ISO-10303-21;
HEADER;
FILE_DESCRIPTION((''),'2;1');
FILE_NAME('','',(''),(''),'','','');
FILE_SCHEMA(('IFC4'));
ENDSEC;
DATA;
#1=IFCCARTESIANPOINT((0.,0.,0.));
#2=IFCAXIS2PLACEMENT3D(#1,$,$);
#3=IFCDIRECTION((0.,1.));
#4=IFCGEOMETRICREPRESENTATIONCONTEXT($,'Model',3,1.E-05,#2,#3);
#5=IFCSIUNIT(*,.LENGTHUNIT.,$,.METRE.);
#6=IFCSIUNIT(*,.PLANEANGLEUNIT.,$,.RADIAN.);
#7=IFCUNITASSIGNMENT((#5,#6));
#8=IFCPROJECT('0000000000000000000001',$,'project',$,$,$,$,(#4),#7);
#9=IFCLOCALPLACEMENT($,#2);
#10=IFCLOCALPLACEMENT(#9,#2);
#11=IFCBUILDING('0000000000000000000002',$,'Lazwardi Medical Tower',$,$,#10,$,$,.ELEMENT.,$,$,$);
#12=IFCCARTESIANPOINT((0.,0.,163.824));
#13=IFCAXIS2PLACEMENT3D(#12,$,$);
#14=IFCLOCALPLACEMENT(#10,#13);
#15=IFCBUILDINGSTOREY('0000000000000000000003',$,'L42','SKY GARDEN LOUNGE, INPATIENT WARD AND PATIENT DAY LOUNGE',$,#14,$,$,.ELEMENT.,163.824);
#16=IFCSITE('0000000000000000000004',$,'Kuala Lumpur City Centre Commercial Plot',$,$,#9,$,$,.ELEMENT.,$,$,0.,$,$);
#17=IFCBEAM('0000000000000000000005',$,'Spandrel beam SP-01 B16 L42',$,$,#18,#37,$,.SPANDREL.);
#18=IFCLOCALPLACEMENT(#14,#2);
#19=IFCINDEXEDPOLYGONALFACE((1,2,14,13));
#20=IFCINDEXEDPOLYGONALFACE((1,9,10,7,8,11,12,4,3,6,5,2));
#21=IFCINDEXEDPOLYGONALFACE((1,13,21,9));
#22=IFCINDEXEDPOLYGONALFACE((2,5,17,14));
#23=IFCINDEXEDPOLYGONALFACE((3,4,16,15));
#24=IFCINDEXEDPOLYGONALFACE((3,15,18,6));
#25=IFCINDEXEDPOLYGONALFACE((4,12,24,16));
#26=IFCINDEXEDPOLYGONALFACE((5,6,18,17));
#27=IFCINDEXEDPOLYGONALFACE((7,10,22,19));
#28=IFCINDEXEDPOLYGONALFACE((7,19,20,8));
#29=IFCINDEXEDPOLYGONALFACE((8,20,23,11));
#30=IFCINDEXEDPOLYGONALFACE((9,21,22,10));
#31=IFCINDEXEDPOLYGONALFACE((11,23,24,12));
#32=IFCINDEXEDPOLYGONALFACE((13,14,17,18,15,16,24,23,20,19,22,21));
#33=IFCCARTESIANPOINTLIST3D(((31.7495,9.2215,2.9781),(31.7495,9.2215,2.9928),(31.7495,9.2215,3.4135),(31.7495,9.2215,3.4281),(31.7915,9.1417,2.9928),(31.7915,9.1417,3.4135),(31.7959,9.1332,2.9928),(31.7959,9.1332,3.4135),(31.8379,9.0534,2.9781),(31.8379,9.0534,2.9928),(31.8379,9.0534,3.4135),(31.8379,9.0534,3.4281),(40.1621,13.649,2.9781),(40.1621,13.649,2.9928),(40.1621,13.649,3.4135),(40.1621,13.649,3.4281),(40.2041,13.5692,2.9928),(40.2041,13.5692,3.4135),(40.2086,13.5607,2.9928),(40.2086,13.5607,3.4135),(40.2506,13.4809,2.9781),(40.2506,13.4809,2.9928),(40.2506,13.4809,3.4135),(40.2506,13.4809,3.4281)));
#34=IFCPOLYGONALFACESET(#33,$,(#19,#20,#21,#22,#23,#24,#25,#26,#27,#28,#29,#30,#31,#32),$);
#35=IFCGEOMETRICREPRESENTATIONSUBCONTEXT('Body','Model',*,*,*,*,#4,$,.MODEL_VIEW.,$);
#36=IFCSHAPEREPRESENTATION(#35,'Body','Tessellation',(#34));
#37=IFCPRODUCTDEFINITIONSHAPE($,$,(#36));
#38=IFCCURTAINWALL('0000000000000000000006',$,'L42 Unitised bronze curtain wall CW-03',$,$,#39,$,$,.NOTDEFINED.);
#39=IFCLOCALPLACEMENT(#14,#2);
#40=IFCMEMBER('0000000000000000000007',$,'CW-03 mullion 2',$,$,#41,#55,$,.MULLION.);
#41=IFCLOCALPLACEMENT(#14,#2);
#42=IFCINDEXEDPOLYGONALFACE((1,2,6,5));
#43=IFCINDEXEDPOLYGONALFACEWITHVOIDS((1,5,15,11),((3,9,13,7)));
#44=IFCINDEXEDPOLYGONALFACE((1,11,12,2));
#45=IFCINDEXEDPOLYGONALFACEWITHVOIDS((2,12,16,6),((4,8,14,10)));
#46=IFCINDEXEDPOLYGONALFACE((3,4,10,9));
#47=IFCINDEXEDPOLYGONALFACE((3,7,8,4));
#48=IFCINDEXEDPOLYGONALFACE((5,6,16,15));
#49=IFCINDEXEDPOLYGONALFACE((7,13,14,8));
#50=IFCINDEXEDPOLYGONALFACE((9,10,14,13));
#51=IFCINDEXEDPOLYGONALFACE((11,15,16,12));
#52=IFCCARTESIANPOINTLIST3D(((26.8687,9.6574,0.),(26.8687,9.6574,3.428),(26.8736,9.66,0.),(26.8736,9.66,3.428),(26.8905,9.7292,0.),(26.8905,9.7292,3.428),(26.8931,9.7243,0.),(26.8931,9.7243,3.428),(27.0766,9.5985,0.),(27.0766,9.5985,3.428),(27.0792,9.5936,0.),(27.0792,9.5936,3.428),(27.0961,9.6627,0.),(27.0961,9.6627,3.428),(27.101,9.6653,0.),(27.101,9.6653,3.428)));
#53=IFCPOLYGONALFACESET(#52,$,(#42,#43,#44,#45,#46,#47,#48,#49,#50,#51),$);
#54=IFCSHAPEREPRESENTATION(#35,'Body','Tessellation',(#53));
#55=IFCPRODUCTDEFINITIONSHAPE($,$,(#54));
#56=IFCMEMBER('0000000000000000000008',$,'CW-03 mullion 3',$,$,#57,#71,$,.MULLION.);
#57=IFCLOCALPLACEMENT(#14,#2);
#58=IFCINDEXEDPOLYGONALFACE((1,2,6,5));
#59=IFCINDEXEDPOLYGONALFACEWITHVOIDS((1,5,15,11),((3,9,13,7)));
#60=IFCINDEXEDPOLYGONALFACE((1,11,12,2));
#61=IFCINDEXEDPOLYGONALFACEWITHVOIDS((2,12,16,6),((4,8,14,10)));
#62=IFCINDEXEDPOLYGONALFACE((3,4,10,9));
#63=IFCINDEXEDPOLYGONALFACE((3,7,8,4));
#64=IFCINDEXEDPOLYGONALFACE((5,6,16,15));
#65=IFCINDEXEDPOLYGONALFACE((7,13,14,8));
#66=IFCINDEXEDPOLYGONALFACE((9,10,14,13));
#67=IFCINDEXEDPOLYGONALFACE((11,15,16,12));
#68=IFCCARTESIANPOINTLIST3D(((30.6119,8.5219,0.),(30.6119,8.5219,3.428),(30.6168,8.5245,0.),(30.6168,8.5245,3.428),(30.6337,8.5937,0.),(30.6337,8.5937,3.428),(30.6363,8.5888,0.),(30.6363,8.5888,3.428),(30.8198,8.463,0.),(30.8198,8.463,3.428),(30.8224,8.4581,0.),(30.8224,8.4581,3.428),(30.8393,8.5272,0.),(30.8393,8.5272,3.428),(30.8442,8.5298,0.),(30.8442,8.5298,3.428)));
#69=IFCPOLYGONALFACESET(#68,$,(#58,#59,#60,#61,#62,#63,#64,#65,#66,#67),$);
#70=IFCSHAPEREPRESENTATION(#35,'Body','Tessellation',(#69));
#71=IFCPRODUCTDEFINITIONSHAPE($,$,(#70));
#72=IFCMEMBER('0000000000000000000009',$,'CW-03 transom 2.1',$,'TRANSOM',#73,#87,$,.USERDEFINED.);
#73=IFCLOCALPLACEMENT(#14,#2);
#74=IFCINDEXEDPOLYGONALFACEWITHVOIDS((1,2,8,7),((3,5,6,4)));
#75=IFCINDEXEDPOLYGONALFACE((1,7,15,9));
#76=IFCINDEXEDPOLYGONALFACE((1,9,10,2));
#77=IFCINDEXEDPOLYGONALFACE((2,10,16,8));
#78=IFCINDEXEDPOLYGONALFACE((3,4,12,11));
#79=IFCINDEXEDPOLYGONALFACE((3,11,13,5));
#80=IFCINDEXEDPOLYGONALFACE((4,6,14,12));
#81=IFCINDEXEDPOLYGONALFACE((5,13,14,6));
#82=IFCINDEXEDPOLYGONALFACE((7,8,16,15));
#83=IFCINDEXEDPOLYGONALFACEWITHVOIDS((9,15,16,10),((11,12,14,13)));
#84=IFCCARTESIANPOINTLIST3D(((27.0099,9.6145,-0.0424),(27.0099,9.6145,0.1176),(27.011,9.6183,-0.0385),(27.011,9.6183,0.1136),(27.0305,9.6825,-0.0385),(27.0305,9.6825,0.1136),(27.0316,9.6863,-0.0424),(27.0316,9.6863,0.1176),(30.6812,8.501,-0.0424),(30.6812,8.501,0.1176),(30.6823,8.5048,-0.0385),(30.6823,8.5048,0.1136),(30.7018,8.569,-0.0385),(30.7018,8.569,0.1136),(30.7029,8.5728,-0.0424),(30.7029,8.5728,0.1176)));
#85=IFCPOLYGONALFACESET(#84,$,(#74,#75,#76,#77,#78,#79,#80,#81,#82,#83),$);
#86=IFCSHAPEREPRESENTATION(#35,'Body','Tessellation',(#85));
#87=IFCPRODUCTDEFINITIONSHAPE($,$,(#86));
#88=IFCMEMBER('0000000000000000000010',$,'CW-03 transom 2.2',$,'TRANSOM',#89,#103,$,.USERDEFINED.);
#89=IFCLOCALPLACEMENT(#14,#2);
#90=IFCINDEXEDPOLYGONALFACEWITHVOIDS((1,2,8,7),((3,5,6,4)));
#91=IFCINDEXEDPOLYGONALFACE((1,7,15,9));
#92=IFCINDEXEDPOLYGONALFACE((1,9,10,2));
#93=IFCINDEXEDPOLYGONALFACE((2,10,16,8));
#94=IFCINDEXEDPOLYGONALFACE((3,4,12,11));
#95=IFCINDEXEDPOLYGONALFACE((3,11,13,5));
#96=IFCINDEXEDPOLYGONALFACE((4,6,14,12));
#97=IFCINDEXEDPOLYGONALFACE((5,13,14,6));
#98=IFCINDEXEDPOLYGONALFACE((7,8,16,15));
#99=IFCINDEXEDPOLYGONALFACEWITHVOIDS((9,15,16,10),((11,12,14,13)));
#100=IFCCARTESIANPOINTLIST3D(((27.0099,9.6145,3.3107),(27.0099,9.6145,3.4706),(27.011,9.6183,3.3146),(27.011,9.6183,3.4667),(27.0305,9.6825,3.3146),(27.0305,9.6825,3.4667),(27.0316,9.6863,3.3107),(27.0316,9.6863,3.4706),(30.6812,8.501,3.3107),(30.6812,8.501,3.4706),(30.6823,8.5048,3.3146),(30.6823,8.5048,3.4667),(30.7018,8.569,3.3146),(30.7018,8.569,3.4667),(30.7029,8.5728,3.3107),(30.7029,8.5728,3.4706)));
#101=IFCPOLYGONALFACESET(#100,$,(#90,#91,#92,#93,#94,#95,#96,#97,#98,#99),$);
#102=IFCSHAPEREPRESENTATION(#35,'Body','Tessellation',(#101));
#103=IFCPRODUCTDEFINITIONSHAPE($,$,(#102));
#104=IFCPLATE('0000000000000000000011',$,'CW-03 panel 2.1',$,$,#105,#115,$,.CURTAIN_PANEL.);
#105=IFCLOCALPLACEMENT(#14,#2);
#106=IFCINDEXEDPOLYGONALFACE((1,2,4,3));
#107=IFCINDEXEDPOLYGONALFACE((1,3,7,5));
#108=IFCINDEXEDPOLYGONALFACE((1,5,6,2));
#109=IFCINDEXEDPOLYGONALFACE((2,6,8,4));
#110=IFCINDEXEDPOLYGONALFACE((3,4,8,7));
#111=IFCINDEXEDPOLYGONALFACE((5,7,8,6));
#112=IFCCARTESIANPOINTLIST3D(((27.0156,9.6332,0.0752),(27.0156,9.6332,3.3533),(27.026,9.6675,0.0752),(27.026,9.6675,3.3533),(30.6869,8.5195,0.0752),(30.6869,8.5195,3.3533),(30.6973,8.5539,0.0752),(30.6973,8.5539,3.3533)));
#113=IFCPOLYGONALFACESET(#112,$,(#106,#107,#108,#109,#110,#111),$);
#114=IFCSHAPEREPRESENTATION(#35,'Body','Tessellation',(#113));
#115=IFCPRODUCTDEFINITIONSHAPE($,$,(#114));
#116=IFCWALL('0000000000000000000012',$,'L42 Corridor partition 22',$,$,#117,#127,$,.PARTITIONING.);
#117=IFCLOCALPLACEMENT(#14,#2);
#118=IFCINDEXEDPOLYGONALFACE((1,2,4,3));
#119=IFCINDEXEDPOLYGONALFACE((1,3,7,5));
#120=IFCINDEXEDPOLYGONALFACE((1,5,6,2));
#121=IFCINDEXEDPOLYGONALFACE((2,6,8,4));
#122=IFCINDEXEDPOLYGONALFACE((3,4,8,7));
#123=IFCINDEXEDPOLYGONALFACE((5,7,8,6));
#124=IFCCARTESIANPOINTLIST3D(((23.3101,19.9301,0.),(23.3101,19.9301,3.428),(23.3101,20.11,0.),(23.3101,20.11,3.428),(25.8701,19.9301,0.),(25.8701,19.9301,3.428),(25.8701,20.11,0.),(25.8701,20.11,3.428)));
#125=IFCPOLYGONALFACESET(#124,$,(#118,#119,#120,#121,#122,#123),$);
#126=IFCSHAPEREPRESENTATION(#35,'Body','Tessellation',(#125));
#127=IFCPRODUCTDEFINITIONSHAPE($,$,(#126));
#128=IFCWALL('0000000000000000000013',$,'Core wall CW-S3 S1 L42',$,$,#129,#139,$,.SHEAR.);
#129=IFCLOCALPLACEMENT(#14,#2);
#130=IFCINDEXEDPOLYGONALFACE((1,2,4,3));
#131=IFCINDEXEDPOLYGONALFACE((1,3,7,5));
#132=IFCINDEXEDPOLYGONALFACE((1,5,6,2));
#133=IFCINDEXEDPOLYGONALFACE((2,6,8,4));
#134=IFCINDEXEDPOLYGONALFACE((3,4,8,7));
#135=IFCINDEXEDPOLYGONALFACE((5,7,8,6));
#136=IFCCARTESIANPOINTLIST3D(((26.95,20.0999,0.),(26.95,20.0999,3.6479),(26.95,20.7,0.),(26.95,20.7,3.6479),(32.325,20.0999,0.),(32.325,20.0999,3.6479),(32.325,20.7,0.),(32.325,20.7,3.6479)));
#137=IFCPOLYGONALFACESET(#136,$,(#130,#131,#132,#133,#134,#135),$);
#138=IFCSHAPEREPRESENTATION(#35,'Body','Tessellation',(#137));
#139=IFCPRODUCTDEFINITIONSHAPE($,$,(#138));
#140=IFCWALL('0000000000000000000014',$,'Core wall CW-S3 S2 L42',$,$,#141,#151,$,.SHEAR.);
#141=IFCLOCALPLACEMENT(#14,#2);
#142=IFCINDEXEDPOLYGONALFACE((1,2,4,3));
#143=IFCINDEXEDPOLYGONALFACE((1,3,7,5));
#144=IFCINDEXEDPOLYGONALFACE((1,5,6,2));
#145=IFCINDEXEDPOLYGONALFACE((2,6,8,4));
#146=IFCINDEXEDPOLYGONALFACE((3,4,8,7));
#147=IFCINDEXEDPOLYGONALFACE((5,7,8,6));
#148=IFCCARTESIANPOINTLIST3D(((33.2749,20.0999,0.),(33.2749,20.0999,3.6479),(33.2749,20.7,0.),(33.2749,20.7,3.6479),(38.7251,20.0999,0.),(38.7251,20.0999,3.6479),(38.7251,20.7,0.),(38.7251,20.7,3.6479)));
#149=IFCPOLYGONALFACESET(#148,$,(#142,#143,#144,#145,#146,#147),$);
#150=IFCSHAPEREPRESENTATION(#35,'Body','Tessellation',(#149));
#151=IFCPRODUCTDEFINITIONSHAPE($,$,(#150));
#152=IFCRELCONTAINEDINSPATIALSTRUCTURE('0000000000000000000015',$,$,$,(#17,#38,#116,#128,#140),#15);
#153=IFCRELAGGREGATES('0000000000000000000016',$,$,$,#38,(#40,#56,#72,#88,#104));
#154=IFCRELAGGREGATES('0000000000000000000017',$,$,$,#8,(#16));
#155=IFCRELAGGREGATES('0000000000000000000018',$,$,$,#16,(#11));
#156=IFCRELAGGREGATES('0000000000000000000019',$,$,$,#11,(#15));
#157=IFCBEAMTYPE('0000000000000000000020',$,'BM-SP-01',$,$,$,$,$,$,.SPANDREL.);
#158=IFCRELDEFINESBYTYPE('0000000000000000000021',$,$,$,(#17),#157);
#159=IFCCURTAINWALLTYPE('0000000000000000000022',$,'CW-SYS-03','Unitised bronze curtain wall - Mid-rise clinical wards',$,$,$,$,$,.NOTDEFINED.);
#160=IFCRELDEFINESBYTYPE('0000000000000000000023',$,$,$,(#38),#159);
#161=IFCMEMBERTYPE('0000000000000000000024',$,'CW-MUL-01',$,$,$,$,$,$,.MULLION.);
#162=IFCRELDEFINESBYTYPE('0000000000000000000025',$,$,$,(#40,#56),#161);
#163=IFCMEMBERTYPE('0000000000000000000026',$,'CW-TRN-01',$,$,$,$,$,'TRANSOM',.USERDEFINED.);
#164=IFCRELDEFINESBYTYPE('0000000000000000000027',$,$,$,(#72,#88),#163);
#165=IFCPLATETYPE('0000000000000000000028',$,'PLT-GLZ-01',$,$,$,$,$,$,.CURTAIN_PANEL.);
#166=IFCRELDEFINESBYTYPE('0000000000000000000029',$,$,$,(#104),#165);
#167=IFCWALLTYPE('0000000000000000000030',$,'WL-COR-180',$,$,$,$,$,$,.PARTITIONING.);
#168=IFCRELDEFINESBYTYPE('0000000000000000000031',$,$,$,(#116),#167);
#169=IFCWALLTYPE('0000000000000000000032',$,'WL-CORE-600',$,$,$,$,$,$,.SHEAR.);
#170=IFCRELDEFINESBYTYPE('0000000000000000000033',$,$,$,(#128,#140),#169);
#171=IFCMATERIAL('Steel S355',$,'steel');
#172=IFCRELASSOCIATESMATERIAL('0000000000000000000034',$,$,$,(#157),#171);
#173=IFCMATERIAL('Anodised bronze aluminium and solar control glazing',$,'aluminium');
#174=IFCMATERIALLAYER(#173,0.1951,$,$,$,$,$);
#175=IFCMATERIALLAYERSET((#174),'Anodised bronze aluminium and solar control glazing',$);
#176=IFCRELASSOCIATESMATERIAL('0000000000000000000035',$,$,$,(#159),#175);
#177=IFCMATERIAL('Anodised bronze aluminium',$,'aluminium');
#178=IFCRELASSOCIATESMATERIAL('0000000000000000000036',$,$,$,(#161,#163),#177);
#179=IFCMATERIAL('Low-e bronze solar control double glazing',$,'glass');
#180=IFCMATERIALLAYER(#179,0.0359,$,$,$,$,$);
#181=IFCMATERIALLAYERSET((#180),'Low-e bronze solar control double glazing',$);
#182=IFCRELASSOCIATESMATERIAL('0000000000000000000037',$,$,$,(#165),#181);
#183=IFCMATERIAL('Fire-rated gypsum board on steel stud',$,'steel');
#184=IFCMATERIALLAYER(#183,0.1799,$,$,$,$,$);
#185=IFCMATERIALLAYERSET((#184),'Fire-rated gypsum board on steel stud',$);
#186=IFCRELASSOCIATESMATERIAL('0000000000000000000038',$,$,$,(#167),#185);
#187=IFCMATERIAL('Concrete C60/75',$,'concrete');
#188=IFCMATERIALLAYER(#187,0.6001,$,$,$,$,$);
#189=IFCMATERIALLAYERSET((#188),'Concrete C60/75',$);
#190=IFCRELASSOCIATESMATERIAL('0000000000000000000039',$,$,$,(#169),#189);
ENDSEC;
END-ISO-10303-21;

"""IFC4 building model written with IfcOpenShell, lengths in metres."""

from ifc_helpers import new_model, si_unit, direction, frame, frame_2d, origin, origin_2d, place, context, subcontext, project, spatial, rectangle, hollow_rectangle, i_section, extrude, material, layer, layer_set, material_profile, profile_set, type_object, element, aggregate, save


model = new_model("IFC4")

# Units and contexts
model_context = context("Model", 3, precision=1e-05, world=origin(), true_north=direction((0.0, 1.0)))
body_context = subcontext(model_context, "Body", "Model", "MODEL_VIEW")
ifc_project = project(units=[si_unit("LENGTHUNIT", "METRE"), si_unit("PLANEANGLEUNIT", "RADIAN")], contexts=[model_context])

# Site, building, storey
site_placement = place(None, origin())
site = spatial("IfcSite", under=ifc_project, at=site_placement, Name="Kuala Lumpur City Centre Commercial Plot", CompositionType="ELEMENT", RefElevation=0.0)
building_placement = place(site_placement, origin())
building = spatial("IfcBuilding", under=site, at=building_placement, Name="Lazwardi Medical Tower", CompositionType="ELEMENT")
storey_placement = place(building_placement, frame((0.0, 0.0, 163.824)))
storey = spatial("IfcBuildingStorey", under=building, at=storey_placement, Name="L42", Description="SKY GARDEN LOUNGE, INPATIENT WARD AND PATIENT DAY LOUNGE", CompositionType="ELEMENT", Elevation=163.824)

# Shared definitions
ifc_material_1 = material(Name="Concrete C60/75", Category="concrete")

# Beam
ifc_material_2 = material(Name="Steel S355", Category="steel")
ifc_material_profile_1 = material_profile(ifc_material_2, i_section(OverallWidth=0.1899, OverallDepth=0.45, WebThickness=0.0095, FlangeThickness=0.0146, at=origin_2d()), Name="IPE 450")
ifc_profile_set_1 = profile_set([ifc_material_profile_1], Name="Steel S355")
beam_type_1 = type_object("IfcBeamType", Name="BM-SP-01", PredefinedType="SPANDREL", material=ifc_profile_set_1)
beam_1_placement = place(storey_placement, frame((31.7937, 9.1375, 3.2031), z_axis=(0.884927, 0.465731, 0.0), x_axis=(-0.465731, 0.884927, 0.0)))
element("IfcBeam", 1, at=beam_1_placement, inside=storey, type_object=beam_type_1, Name="Spandrel beam SP-01 B16 L42", PredefinedType="SPANDREL", context=body_context, shape_type="SweptSolid", body=[
    extrude(i_section(OverallWidth=0.1899, OverallDepth=0.45, WebThickness=0.0095, FlangeThickness=0.0146, at=origin_2d()), origin(), (0.0, 0.0, 1.0), 9.5066),
])

# Curtain wall, members, plate
ifc_material_3 = material(Name="Anodised bronze aluminium and solar control glazing", Category="aluminium")
ifc_layer_1 = layer(ifc_material_3, 0.1951)
ifc_layer_set_1 = layer_set([ifc_layer_1], Name="Anodised bronze aluminium and solar control glazing")
curtain_wall_type = type_object("IfcCurtainWallType", Name="CW-SYS-03", Description="Unitised bronze curtain wall - Mid-rise clinical wards", PredefinedType="NOTDEFINED", material=ifc_layer_set_1)
curtain_wall_placement = place(storey_placement, origin())
curtain_wall = element("IfcCurtainWall", 2, at=curtain_wall_placement, inside=storey, type_object=curtain_wall_type, Name="L42 Unitised bronze curtain wall CW-03", PredefinedType="NOTDEFINED")
ifc_material_4 = material(Name="Anodised bronze aluminium", Category="aluminium")
ifc_material_profile_2 = material_profile(ifc_material_4, hollow_rectangle(XDim=0.075, YDim=0.22, WallThickness=0.0039, at=origin_2d()), Name="ALU-MULLION 220x75x4")
ifc_profile_set_2 = profile_set([ifc_material_profile_2], Name="Anodised bronze aluminium")
member_type_1 = type_object("IfcMemberType", Name="CW-MUL-01", PredefinedType="MULLION", material=ifc_profile_set_2)
member_1_placement = place(storey_placement, frame((26.9849, 9.6614, 0.0), z_axis=(0.0, 0.0, 1.0), x_axis=(0.290281, 0.956942, 0.0)))
member_1 = element("IfcMember", 3, at=member_1_placement, type_object=member_type_1, Name="CW-03 mullion 2", PredefinedType="MULLION", context=body_context, shape_type="SweptSolid", body=[
    extrude(hollow_rectangle(XDim=0.075, YDim=0.22, WallThickness=0.0039, at=origin_2d()), origin(), (0.0, 0.0, 1.0), 3.428),
])
member_2_placement = place(storey_placement, frame((30.728, 8.5259, 0.0), z_axis=(0.0, 0.0, 1.0), x_axis=(0.290281, 0.956942, 0.0)))
member_2 = element("IfcMember", 4, at=member_2_placement, type_object=member_type_1, Name="CW-03 mullion 3", PredefinedType="MULLION", context=body_context, shape_type="SweptSolid", body=[
    extrude(hollow_rectangle(XDim=0.075, YDim=0.22, WallThickness=0.0039, at=origin_2d()), origin(), (0.0, 0.0, 1.0), 3.428),
])
ifc_material_profile_3 = material_profile(ifc_material_4, hollow_rectangle(XDim=0.075, YDim=0.1599, WallThickness=0.0039, at=origin_2d()), Name="ALU-TRANSOM 160x75x4")
ifc_profile_set_3 = profile_set([ifc_material_profile_3], Name="Anodised bronze aluminium")
member_type_2 = type_object("IfcMemberType", Name="CW-TRN-01", ElementType="TRANSOM", PredefinedType="USERDEFINED", material=ifc_profile_set_3)
member_3_placement = place(storey_placement, frame((27.0208, 9.6504, 0.0376), z_axis=(0.956953, -0.290242, 0.0), x_axis=(0.290242, 0.956953, 0.0)))
member_3 = element("IfcMember", 5, at=member_3_placement, type_object=member_type_2, Name="CW-03 transom 2.1", ObjectType="TRANSOM", PredefinedType="USERDEFINED", context=body_context, shape_type="SweptSolid", body=[
    extrude(hollow_rectangle(XDim=0.075, YDim=0.1599, WallThickness=0.0039, at=origin_2d()), origin(), (0.0, 0.0, 1.0), 3.8364),
])
member_4_placement = place(storey_placement, frame((27.0208, 9.6504, 3.3906), z_axis=(0.956953, -0.290242, 0.0), x_axis=(0.290242, 0.956953, 0.0)))
member_4 = element("IfcMember", 6, at=member_4_placement, type_object=member_type_2, Name="CW-03 transom 2.2", ObjectType="TRANSOM", PredefinedType="USERDEFINED", context=body_context, shape_type="SweptSolid", body=[
    extrude(hollow_rectangle(XDim=0.075, YDim=0.1599, WallThickness=0.0039, at=origin_2d()), origin(), (0.0, 0.0, 1.0), 3.8364),
])
ifc_material_5 = material(Name="Low-e bronze solar control double glazing", Category="glass")
ifc_layer_2 = layer(ifc_material_5, 0.0359)
ifc_layer_set_2 = layer_set([ifc_layer_2], Name="Low-e bronze solar control double glazing")
plate_type = type_object("IfcPlateType", Name="PLT-GLZ-01", PredefinedType="CURTAIN_PANEL", material=ifc_layer_set_2)
plate_placement = place(storey_placement, frame((28.8564, 9.0935, 0.0752), z_axis=(0.0, 0.0, 1.0), x_axis=(0.956942, -0.290281, 0.0)))
plate = element("IfcPlate", 7, at=plate_placement, type_object=plate_type, Name="CW-03 panel 2.1", PredefinedType="CURTAIN_PANEL", context=body_context, shape_type="SweptSolid", body=[
    extrude(rectangle(XDim=3.8364, YDim=0.0359, at=origin_2d()), origin(), (0.0, 0.0, 1.0), 3.2781),
])
aggregate(curtain_wall, [member_1, member_2, member_3, member_4, plate])

# Wall
ifc_material_6 = material(Name="Fire-rated gypsum board on steel stud", Category="steel")
ifc_layer_3 = layer(ifc_material_6, 0.1799)
ifc_layer_set_3 = layer_set([ifc_layer_3], Name="Fire-rated gypsum board on steel stud")
wall_type_1 = type_object("IfcWallType", Name="WL-COR-180", PredefinedType="PARTITIONING", material=ifc_layer_set_3)
wall_1_placement = place(storey_placement, frame((25.8701, 20.02, 0.0), z_axis=(0.0, 0.0, 1.0), x_axis=(-1.0, 0.0, 0.0)))
element("IfcWall", 8, at=wall_1_placement, inside=storey, type_object=wall_type_1, Name="L42 Corridor partition 22", PredefinedType="PARTITIONING", context=body_context, shape_type="SweptSolid", body=[
    extrude(rectangle(XDim=2.5601, YDim=0.1799, at=frame_2d((1.28, 0.0))), origin(), (0.0, 0.0, 1.0), 3.428),
])

# Shared definitions
ifc_layer_4 = layer(ifc_material_1, 0.6001)
ifc_layer_set_4 = layer_set([ifc_layer_4], Name="Concrete C60/75")
wall_type_2 = type_object("IfcWallType", Name="WL-CORE-600", PredefinedType="SHEAR", material=ifc_layer_set_4)

# Walls
wall_2_placement = place(storey_placement, frame((26.95, 20.3999, 0.0), z_axis=(0.0, 0.0, 1.0), x_axis=(1.0, 0.0, 0.0)))
element("IfcWall", 9, at=wall_2_placement, inside=storey, type_object=wall_type_2, Name="Core wall CW-S3 S1 L42", PredefinedType="SHEAR", context=body_context, shape_type="SweptSolid", body=[
    extrude(rectangle(XDim=5.375, YDim=0.6001, at=frame_2d((2.6875, 0.0))), origin(), (0.0, 0.0, 1.0), 3.6479),
])
wall_3_placement = place(storey_placement, frame((33.2749, 20.3999, 0.0), z_axis=(0.0, 0.0, 1.0), x_axis=(1.0, 0.0, 0.0)))
element("IfcWall", 10, at=wall_3_placement, inside=storey, type_object=wall_type_2, Name="Core wall CW-S3 S2 L42", PredefinedType="SHEAR", context=body_context, shape_type="SweptSolid", body=[
    extrude(rectangle(XDim=5.4502, YDim=0.6001, at=frame_2d((2.7251, 0.0))), origin(), (0.0, 0.0, 1.0), 3.6479),
])

save(model, "model.ifc")
